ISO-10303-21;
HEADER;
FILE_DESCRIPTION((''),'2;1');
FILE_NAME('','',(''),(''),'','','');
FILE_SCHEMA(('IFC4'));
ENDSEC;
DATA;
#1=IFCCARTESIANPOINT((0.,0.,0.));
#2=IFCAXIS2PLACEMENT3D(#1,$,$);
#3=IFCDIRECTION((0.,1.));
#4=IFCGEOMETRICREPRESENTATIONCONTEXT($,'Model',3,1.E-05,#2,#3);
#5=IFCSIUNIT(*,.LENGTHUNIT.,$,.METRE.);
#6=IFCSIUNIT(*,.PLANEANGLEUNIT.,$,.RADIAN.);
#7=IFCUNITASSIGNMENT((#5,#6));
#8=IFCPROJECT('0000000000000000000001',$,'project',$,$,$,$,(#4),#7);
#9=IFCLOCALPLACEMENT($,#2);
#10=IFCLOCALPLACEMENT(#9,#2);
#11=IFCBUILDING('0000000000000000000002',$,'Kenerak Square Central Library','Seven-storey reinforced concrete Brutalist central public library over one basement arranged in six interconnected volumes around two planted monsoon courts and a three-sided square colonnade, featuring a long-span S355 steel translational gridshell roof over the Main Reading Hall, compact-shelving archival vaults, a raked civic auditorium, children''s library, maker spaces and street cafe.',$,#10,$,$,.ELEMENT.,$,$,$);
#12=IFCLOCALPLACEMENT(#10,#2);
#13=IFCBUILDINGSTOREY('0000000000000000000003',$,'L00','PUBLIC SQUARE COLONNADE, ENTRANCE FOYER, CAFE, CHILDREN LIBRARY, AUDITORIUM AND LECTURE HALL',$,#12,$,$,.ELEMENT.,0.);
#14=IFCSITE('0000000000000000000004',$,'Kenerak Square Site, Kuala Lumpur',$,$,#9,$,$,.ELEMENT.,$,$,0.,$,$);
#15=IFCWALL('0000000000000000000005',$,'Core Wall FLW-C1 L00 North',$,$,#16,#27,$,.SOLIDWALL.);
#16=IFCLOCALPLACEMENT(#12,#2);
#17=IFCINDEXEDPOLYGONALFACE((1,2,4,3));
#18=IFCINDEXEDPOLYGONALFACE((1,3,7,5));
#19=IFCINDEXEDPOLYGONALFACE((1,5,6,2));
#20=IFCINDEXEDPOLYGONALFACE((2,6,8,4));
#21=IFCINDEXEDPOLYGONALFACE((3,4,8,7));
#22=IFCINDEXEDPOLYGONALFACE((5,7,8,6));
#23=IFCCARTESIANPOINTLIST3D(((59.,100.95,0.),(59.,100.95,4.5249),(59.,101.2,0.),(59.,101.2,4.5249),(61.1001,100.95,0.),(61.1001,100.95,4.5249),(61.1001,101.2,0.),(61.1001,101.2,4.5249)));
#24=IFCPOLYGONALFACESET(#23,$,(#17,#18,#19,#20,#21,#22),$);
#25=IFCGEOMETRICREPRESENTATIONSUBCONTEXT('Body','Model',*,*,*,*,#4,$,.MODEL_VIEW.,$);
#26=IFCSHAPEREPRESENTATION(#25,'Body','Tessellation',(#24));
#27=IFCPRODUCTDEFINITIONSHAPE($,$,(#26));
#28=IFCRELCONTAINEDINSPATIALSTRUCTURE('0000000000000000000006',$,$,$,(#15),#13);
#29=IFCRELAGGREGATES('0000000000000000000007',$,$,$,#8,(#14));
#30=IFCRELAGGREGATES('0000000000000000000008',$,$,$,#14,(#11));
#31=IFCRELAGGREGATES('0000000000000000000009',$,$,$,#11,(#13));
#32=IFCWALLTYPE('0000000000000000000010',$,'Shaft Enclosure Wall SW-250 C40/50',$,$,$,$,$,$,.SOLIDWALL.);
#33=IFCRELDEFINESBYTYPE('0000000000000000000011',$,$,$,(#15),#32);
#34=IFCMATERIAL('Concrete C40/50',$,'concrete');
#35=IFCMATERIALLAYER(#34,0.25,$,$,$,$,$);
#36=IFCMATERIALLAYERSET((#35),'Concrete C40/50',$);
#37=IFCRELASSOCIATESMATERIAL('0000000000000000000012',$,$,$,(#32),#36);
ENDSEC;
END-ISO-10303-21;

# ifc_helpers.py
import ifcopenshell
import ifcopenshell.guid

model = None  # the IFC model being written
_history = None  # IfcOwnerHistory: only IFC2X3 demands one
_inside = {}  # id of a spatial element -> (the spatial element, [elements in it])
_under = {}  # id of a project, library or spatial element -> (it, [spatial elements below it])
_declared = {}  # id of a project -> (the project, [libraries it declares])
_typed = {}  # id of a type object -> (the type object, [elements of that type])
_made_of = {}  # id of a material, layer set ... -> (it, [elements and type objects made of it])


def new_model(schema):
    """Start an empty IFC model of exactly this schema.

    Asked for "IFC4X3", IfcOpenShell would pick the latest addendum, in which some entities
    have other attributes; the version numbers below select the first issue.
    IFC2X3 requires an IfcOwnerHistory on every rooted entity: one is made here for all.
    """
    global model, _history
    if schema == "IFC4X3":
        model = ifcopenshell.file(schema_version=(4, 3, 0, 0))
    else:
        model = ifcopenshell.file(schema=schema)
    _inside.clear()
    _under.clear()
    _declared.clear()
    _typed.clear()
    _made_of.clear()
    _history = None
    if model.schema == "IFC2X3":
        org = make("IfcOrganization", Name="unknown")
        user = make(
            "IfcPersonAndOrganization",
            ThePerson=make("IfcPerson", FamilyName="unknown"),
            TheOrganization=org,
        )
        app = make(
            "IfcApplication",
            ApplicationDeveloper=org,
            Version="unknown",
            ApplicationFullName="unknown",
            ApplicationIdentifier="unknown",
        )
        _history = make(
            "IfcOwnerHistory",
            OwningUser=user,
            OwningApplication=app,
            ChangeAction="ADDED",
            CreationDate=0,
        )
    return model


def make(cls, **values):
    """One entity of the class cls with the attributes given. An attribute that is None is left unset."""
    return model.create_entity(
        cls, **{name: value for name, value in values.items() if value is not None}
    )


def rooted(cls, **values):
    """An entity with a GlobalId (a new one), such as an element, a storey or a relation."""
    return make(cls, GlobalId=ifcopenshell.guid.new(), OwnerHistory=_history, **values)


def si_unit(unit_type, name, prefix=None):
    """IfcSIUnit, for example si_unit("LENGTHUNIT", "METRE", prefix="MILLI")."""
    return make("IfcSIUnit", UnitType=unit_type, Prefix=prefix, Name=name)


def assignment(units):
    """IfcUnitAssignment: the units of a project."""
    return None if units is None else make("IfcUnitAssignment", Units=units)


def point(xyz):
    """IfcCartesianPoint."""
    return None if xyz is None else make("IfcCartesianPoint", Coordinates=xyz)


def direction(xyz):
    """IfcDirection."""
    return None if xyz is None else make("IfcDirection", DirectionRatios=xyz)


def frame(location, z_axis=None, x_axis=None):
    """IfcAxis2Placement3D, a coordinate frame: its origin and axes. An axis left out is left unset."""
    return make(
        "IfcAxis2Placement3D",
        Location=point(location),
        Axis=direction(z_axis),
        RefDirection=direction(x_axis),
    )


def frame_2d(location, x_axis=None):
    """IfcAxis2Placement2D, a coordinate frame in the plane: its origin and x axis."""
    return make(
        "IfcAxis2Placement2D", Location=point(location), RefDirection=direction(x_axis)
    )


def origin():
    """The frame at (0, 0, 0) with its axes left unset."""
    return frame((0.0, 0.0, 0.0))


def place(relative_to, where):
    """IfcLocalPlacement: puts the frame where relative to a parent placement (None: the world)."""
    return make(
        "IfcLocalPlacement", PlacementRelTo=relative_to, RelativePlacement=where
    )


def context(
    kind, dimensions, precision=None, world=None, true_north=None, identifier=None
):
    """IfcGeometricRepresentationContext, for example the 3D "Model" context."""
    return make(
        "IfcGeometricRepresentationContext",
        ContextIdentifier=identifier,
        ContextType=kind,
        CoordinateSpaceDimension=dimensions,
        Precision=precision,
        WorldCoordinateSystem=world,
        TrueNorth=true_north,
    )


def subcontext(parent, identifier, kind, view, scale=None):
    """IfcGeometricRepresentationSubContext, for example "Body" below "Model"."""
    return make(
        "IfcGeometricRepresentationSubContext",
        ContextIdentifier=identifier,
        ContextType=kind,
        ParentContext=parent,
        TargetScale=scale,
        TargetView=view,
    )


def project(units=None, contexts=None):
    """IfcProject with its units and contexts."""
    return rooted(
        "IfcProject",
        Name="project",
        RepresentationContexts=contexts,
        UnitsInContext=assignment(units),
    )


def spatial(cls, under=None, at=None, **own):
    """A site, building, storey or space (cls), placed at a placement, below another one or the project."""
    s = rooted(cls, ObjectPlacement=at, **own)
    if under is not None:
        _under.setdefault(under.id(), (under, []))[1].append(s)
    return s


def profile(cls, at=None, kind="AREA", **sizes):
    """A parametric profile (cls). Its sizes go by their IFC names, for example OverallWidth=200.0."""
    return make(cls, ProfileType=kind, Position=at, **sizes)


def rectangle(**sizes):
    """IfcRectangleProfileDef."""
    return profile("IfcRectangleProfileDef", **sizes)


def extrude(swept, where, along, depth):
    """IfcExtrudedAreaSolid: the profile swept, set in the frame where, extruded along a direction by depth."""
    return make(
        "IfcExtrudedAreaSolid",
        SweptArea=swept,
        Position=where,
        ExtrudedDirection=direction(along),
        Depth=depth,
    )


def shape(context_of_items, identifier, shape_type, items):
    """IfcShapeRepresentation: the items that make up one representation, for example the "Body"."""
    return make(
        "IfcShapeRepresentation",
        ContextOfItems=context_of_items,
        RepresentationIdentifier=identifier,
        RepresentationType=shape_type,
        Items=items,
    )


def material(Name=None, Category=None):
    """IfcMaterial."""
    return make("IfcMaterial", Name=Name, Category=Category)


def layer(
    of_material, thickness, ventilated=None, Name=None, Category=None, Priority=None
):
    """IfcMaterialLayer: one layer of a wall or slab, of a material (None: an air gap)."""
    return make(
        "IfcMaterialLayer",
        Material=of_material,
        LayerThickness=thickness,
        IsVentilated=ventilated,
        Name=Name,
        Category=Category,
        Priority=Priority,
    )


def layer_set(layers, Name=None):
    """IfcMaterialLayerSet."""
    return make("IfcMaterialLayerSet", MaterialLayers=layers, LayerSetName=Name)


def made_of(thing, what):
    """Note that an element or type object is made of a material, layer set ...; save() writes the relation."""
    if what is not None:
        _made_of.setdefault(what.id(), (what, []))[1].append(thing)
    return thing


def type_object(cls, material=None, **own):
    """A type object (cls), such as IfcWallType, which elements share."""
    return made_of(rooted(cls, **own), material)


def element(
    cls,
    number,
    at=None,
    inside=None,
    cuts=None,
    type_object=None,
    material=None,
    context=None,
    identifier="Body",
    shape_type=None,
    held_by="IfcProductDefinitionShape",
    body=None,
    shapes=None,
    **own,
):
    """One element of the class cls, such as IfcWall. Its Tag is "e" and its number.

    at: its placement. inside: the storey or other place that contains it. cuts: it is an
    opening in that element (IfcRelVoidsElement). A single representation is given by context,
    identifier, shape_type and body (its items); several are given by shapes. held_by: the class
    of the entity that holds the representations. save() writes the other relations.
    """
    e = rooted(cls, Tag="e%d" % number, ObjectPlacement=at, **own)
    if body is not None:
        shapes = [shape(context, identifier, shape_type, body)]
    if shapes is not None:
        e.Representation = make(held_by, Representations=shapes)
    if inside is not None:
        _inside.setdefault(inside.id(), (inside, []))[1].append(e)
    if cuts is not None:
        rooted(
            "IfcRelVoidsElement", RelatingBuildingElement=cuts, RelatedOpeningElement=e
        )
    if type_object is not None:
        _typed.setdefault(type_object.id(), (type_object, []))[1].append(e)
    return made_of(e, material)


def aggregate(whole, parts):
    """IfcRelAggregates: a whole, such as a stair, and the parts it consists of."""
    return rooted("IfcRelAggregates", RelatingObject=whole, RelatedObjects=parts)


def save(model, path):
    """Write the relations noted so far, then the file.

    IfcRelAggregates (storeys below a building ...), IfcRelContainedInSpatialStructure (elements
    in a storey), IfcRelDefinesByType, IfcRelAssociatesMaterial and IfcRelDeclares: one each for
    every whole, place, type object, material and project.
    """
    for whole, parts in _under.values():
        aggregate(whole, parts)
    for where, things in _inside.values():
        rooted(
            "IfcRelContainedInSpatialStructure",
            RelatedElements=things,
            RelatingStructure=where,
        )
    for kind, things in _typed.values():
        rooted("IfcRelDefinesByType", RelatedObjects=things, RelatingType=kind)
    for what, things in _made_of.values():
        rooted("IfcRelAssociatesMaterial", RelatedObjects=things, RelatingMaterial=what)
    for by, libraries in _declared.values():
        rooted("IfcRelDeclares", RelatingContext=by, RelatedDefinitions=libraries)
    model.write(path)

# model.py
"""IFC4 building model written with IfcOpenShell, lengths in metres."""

from ifc_helpers import new_model, si_unit, direction, frame, frame_2d, origin, place, context, subcontext, project, spatial, rectangle, extrude, material, layer, layer_set, type_object, element, save


model = new_model("IFC4")

# Units and contexts
model_context = context("Model", 3, precision=1e-05, world=origin(), true_north=direction((0.0, 1.0)))
body_context = subcontext(model_context, "Body", "Model", "MODEL_VIEW")
ifc_project = project(units=[si_unit("LENGTHUNIT", "METRE"), si_unit("PLANEANGLEUNIT", "RADIAN")], contexts=[model_context])

# Site, building, storey
site_placement = place(None, origin())
site = spatial("IfcSite", under=ifc_project, at=site_placement, Name="Kenerak Square Site, Kuala Lumpur", CompositionType="ELEMENT", RefElevation=0.0)
building_placement = place(site_placement, origin())
building = spatial("IfcBuilding", under=site, at=building_placement, Name="Kenerak Square Central Library", Description="Seven-storey reinforced concrete Brutalist central public library over one basement arranged in six interconnected volumes around two planted monsoon courts and a three-sided square colonnade, featuring a long-span S355 steel translational gridshell roof over the Main Reading Hall, compact-shelving archival vaults, a raked civic auditorium, children's library, maker spaces and street cafe.", CompositionType="ELEMENT")
storey_placement = place(building_placement, origin())
storey = spatial("IfcBuildingStorey", under=building, at=storey_placement, Name="L00", Description="PUBLIC SQUARE COLONNADE, ENTRANCE FOYER, CAFE, CHILDREN LIBRARY, AUDITORIUM AND LECTURE HALL", CompositionType="ELEMENT", Elevation=0.0)

# Shared definitions
ifc_material_1 = material(Name="Concrete C40/50", Category="concrete")

# Wall
ifc_layer_1 = layer(ifc_material_1, 0.25)
ifc_layer_set_1 = layer_set([ifc_layer_1], Name="Concrete C40/50")
wall_type_1 = type_object("IfcWallType", Name="Shaft Enclosure Wall SW-250 C40/50", PredefinedType="SOLIDWALL", material=ifc_layer_set_1)
for number, where, z_axis, x_axis, name in (
    (1, (59.0, 101.075, 0.0), (0.0, 0.0, 1.0), (1.0, 0.0, 0.0), "Core Wall FLW-C1 L00 North"),
):
    element("IfcWall", number, at=place(storey_placement, frame(where, z_axis=z_axis, x_axis=x_axis)), inside=storey, type_object=wall_type_1, Name=name, PredefinedType="SOLIDWALL", context=body_context, shape_type="SweptSolid", body=[
        extrude(rectangle(XDim=2.1001, YDim=0.25, at=frame_2d((1.05, 0.0))), origin(), (0.0, 0.0, 1.0), 4.5249),
    ])

save(model, "model.ifc")
